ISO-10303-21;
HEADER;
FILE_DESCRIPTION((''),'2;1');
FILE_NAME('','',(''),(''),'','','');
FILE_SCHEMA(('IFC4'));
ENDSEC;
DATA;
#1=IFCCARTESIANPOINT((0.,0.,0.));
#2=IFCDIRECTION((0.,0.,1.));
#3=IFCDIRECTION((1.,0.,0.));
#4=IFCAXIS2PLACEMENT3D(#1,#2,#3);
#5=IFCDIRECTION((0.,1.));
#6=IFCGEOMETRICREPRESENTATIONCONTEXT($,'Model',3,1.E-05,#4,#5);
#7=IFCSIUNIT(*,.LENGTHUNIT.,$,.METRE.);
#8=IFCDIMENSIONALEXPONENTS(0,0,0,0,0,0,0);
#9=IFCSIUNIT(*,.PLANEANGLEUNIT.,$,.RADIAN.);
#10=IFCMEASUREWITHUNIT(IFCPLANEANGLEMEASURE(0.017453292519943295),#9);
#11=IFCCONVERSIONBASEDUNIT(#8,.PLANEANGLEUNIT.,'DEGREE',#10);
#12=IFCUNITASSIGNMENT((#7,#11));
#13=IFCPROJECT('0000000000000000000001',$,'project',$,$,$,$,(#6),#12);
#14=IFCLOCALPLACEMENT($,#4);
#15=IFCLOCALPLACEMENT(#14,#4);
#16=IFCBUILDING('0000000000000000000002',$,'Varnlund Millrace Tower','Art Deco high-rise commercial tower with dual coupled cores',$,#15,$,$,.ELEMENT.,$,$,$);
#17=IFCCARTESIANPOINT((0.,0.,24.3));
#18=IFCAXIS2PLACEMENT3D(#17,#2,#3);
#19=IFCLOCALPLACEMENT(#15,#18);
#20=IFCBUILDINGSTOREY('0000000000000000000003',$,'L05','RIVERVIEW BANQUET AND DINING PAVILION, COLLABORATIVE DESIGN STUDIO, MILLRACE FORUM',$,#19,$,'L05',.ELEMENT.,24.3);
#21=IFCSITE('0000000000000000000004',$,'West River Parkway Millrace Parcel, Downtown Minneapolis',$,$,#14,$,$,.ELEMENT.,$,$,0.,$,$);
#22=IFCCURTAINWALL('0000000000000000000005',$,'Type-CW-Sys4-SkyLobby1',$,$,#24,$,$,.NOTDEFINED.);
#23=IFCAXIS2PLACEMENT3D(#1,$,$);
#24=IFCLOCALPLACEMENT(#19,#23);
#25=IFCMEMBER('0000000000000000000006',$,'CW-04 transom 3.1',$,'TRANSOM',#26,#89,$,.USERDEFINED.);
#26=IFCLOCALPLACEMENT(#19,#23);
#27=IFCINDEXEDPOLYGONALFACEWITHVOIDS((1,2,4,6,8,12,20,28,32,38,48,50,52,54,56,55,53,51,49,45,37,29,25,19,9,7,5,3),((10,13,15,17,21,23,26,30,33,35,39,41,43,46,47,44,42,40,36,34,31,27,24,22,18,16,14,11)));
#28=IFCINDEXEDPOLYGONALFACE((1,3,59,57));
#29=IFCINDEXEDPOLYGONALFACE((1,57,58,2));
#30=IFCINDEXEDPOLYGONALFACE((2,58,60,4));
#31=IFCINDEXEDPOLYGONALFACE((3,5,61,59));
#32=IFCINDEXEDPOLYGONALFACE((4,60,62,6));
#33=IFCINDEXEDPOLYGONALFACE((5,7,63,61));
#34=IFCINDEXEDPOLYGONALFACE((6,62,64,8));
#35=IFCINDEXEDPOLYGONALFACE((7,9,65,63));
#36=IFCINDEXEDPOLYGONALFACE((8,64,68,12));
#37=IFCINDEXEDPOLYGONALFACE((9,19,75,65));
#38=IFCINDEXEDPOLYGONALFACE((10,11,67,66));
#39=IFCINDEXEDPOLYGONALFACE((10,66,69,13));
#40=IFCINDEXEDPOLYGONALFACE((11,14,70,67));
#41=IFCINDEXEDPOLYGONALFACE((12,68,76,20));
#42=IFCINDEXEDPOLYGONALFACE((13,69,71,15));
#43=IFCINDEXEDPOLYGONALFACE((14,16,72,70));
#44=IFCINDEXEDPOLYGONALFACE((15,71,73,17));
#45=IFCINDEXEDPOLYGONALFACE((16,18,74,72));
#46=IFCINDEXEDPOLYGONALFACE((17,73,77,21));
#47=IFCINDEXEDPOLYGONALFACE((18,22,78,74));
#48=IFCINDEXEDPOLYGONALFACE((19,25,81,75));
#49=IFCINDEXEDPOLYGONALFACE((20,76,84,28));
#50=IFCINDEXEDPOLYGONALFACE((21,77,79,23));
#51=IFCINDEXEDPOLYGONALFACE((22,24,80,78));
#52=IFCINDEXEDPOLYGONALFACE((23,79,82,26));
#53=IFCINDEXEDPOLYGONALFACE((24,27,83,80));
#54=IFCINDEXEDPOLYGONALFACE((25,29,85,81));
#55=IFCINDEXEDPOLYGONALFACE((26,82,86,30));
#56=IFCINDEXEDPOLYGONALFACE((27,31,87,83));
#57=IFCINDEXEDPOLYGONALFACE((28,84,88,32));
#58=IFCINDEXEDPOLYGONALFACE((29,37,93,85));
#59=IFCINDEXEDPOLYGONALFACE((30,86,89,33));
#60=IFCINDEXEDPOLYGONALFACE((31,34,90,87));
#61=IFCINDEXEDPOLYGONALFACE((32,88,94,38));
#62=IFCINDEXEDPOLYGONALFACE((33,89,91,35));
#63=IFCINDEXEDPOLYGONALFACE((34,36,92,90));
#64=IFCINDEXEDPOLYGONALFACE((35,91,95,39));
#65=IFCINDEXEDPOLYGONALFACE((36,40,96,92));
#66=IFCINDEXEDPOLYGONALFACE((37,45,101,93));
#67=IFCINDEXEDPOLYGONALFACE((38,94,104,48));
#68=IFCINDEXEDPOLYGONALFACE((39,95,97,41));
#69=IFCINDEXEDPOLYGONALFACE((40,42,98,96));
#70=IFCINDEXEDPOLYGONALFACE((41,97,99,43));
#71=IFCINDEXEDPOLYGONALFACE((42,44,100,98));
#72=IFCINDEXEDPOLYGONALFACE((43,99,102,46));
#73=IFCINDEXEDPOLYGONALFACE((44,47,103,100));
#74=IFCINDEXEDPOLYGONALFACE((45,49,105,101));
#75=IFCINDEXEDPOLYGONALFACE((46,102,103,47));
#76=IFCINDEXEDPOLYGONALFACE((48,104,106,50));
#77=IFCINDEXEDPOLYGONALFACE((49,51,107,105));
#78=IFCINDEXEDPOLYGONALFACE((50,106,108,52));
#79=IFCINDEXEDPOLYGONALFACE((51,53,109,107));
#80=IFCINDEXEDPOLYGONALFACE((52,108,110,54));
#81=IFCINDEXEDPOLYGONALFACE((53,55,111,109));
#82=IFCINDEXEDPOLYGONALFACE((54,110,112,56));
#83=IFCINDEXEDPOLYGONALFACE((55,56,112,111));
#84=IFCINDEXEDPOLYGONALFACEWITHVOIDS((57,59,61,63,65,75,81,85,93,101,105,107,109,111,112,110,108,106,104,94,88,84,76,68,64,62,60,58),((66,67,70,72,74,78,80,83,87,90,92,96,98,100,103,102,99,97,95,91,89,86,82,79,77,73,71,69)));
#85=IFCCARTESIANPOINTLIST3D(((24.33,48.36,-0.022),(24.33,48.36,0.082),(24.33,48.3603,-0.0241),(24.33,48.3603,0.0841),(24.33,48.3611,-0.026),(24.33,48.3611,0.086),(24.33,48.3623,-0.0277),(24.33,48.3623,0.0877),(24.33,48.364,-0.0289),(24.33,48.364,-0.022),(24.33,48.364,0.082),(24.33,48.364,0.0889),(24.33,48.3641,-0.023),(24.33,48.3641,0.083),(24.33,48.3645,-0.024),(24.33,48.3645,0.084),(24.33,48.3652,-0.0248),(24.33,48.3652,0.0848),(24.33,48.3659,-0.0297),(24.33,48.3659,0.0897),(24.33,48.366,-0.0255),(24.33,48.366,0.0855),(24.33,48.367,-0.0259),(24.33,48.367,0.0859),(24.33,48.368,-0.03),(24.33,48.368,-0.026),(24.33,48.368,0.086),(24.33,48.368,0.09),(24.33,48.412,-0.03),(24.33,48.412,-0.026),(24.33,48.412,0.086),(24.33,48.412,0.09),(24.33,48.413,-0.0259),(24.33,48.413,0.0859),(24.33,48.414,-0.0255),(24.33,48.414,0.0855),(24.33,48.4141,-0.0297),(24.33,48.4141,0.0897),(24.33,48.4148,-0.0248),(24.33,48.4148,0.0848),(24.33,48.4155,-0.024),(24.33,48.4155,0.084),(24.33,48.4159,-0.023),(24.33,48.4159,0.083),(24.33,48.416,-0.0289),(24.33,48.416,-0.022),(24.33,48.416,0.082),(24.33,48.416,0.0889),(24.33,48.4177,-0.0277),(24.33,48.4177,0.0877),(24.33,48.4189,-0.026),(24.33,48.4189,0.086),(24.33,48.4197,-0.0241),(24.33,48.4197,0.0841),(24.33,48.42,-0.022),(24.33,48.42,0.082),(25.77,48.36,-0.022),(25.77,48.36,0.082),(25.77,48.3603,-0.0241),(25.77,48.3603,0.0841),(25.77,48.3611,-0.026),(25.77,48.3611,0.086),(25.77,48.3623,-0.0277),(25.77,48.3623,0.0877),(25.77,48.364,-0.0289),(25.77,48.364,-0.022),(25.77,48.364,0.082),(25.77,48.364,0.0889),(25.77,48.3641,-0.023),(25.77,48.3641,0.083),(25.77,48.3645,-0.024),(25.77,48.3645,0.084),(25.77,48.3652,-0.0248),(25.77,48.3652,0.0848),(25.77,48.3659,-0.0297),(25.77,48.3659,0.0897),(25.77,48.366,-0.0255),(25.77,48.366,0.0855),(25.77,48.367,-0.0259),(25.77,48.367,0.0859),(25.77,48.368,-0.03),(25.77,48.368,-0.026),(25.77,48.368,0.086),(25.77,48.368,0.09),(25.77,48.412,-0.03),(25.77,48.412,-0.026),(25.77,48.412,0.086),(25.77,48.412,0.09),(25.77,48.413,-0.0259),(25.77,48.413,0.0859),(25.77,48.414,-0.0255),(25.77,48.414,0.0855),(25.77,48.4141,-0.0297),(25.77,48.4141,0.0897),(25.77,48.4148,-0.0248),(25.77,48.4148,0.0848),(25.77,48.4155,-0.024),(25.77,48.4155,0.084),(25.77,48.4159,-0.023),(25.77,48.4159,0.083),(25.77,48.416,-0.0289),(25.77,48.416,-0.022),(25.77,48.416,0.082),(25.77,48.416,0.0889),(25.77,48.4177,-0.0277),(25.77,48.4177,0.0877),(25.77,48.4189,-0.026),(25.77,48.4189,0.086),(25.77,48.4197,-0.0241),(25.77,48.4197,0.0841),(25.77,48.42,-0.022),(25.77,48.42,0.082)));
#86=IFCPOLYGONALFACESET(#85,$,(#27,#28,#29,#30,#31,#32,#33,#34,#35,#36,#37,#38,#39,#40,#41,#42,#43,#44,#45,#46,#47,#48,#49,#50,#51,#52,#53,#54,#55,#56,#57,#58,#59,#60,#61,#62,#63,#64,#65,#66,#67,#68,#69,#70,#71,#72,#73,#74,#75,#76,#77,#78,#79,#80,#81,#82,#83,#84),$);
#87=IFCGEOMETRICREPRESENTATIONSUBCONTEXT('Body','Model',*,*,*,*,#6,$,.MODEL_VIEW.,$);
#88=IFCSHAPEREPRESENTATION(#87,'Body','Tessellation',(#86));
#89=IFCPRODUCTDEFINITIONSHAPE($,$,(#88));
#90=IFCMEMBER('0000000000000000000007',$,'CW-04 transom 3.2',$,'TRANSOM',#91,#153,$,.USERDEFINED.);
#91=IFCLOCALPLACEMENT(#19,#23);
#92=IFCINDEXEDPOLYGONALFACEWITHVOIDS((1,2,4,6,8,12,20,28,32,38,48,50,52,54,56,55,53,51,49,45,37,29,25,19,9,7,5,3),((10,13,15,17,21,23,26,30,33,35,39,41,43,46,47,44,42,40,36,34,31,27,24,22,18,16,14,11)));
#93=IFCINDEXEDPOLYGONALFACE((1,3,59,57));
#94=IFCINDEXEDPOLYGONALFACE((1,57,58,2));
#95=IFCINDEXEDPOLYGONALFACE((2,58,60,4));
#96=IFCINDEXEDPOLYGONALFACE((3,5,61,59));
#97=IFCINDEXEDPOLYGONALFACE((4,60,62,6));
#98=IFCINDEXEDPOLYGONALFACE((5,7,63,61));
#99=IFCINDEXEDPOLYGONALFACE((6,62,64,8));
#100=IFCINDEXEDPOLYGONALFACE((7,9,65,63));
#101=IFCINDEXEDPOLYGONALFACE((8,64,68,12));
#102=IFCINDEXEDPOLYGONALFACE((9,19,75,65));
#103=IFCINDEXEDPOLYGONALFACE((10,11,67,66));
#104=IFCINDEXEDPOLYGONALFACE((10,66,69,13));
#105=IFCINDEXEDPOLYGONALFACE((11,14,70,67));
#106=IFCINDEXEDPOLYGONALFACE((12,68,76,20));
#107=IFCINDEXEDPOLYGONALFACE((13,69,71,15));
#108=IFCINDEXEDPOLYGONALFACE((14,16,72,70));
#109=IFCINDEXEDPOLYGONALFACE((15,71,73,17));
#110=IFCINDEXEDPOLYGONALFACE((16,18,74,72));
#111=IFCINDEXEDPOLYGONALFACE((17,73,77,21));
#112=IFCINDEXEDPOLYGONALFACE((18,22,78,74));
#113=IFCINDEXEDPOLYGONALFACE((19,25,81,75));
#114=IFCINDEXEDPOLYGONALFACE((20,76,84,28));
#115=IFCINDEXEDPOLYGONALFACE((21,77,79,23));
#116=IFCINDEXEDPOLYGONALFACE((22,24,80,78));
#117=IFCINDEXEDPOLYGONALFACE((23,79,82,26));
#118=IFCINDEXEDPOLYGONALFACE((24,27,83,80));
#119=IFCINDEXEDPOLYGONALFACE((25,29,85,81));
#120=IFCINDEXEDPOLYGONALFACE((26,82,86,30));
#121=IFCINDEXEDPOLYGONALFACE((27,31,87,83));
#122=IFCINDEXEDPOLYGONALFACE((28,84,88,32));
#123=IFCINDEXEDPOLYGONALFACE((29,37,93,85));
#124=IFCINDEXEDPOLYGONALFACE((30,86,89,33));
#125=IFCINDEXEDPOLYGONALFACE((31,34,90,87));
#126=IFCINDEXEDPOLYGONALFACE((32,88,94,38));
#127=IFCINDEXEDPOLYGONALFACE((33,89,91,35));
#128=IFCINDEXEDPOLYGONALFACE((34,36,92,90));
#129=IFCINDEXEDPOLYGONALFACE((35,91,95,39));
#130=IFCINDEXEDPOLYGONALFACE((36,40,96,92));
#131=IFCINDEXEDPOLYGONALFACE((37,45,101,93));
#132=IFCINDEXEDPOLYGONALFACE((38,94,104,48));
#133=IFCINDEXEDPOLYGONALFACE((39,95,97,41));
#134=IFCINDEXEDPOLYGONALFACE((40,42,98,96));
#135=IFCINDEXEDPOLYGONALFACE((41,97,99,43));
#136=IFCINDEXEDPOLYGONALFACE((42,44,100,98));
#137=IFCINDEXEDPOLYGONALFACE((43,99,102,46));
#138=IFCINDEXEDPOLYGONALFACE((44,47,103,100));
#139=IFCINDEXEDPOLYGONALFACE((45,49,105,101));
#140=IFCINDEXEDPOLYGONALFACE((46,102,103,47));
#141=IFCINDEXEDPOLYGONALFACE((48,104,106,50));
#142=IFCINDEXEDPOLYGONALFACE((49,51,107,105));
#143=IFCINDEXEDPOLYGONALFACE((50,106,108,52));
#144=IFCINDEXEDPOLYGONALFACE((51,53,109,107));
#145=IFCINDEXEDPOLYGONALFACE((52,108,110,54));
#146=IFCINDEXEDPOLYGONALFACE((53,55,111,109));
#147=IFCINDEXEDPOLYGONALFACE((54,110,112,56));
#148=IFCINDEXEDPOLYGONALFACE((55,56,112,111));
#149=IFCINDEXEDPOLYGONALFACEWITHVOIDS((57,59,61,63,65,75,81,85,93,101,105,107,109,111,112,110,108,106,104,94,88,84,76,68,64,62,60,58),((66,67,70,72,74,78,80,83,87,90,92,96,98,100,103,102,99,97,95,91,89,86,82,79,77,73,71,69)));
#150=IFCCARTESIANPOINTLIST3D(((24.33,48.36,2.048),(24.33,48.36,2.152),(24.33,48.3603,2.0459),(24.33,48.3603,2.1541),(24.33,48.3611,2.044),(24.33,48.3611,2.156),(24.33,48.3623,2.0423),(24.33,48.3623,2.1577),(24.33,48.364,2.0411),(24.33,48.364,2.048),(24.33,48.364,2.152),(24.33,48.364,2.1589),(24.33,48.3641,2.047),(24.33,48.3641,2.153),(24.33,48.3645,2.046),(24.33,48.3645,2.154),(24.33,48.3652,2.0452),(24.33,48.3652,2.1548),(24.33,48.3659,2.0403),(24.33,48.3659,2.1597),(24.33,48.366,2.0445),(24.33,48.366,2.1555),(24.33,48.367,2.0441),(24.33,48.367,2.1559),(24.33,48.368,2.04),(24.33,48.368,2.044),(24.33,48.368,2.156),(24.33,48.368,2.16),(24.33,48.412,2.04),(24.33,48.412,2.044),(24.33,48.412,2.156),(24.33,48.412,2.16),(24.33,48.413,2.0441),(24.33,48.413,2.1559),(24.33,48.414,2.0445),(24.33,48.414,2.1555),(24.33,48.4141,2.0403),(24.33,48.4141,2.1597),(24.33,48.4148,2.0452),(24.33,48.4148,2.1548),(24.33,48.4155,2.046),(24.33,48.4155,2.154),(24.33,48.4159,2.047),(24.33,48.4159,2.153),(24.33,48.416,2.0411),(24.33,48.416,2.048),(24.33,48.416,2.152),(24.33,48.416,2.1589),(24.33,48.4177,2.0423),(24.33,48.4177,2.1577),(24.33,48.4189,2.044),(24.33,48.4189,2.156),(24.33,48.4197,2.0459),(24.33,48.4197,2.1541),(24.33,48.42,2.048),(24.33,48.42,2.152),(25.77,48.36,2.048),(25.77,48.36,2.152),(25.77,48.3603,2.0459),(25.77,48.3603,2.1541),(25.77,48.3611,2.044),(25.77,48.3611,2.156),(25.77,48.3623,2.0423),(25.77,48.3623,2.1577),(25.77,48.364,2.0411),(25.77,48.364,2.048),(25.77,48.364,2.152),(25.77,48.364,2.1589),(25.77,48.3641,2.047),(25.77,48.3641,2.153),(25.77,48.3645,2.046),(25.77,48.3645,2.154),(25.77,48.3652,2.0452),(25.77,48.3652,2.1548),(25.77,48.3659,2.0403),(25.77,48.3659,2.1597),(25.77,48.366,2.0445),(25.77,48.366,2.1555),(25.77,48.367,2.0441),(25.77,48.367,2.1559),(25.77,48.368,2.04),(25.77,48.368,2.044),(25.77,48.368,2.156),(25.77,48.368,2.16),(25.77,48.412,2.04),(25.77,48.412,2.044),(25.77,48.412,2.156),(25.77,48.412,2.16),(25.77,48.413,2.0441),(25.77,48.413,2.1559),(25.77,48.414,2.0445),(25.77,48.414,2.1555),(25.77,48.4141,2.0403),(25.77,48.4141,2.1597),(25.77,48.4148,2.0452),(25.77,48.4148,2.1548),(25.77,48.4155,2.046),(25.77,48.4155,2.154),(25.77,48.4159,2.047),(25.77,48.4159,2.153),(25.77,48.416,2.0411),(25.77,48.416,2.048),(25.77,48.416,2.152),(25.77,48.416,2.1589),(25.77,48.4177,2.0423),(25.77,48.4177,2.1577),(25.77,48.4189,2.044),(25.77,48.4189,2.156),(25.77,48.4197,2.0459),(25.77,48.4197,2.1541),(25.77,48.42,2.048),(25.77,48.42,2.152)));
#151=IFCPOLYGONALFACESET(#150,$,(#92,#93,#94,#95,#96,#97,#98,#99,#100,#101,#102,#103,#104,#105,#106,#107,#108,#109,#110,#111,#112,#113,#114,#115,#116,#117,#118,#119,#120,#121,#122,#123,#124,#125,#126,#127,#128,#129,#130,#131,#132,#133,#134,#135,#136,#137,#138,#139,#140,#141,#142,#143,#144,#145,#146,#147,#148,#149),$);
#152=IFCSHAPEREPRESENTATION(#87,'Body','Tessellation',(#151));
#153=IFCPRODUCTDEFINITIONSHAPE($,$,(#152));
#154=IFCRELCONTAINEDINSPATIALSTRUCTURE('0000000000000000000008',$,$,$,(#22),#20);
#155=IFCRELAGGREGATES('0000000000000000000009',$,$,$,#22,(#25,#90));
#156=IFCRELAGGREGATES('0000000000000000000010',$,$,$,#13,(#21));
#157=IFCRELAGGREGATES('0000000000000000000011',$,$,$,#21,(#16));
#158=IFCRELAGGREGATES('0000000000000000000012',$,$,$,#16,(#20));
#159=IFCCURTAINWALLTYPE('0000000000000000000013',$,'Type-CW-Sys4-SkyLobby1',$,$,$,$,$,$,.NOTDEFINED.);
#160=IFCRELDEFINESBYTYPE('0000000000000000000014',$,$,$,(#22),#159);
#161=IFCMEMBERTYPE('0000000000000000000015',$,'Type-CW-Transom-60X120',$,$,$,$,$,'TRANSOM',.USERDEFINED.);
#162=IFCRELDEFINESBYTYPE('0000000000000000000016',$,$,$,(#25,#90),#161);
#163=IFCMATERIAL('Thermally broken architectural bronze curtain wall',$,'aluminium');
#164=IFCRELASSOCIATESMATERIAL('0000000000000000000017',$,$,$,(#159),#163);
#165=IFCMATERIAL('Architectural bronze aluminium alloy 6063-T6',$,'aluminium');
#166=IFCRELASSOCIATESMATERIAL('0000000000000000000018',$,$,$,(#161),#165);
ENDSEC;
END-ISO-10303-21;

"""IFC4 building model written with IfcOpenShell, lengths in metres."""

from ifc_helpers import new_model, entity, si_unit, converted_unit, direction, frame, origin_with_axes, origin_2d_with_axis, place, context, subcontext, project, spatial, hollow_rectangle, extrude, material, material_profile, profile_set, type_object, element, aggregate, save


model = new_model("IFC4")

# Units and contexts
model_context = context("Model", 3, precision=1e-05, world=origin_with_axes(), true_north=direction((0.0, 1.0)))
body_context = subcontext(model_context, "Body", "Model", "MODEL_VIEW")
ifc_project = project(units=[si_unit("LENGTHUNIT", "METRE"), converted_unit("PLANEANGLEUNIT", "DEGREE", entity("IfcPlaneAngleMeasure", 0.017453292519943295), si_unit("PLANEANGLEUNIT", "RADIAN"), dimensions=[0, 0, 0, 0, 0, 0, 0])], contexts=[model_context])

# Site, building, storey
site_placement = place(None, origin_with_axes())
site = spatial("IfcSite", under=ifc_project, at=site_placement, Name="West River Parkway Millrace Parcel, Downtown Minneapolis", CompositionType="ELEMENT", RefElevation=0.0)
building_placement = place(site_placement, origin_with_axes())
building = spatial("IfcBuilding", under=site, at=building_placement, Name="Varnlund Millrace Tower", Description="Art Deco high-rise commercial tower with dual coupled cores", CompositionType="ELEMENT")
storey_placement = place(building_placement, frame((0.0, 0.0, 24.3), z_axis=(0.0, 0.0, 1.0), x_axis=(1.0, 0.0, 0.0)))
storey = spatial("IfcBuildingStorey", under=building, at=storey_placement, Name="L05", Description="RIVERVIEW BANQUET AND DINING PAVILION, COLLABORATIVE DESIGN STUDIO, MILLRACE FORUM", LongName="L05", CompositionType="ELEMENT", Elevation=24.3)

# Curtain wall, members
ifc_material_1 = material(Name="Thermally broken architectural bronze curtain wall", Category="aluminium")
curtain_wall_type = type_object("IfcCurtainWallType", Name="Type-CW-Sys4-SkyLobby1", PredefinedType="NOTDEFINED", material=ifc_material_1)
curtain_wall_placement = place(storey_placement, frame((21.3, 48.39, 0.0), z_axis=(0.0, 0.0, 1.0), x_axis=(1.0, 0.0, 0.0)))
curtain_wall = element("IfcCurtainWall", 1, at=curtain_wall_placement, inside=storey, type_object=curtain_wall_type, Name="Type-CW-Sys4-SkyLobby1", PredefinedType="NOTDEFINED")
ifc_material_2 = material(Name="Architectural bronze aluminium alloy 6063-T6", Category="aluminium")
ifc_material_profile_1 = material_profile(ifc_material_2, hollow_rectangle(XDim=0.06, YDim=0.12, WallThickness=0.004, InnerFilletRadius=0.004, OuterFilletRadius=0.008, at=origin_2d_with_axis()), Name="Architectural bronze aluminium alloy 6063-T6")
ifc_profile_set_1 = profile_set([ifc_material_profile_1], Name="Architectural bronze aluminium alloy 6063-T6")
member_type_1 = type_object("IfcMemberType", Name="Type-CW-Transom-60X120", ElementType="TRANSOM", PredefinedType="USERDEFINED", material=ifc_profile_set_1)
member_1_placement = place(storey_placement, frame((24.33, 48.39, 0.03), z_axis=(1.0, 0.0, 0.0), x_axis=(0.0, 1.0, 0.0)))
member_1 = element("IfcMember", 2, at=member_1_placement, type_object=member_type_1, Name="CW-04 transom 3.1", ObjectType="TRANSOM", PredefinedType="USERDEFINED", context=body_context, shape_type="SweptSolid", body=[
    extrude(hollow_rectangle(XDim=0.06, YDim=0.12, WallThickness=0.004, InnerFilletRadius=0.004, OuterFilletRadius=0.008, at=origin_2d_with_axis()), origin_with_axes(), (0.0, 0.0, 1.0), 1.44),
])
member_2_placement = place(storey_placement, frame((24.33, 48.39, 2.1), z_axis=(1.0, 0.0, 0.0), x_axis=(0.0, 1.0, 0.0)))
member_2 = element("IfcMember", 3, at=member_2_placement, type_object=member_type_1, Name="CW-04 transom 3.2", ObjectType="TRANSOM", PredefinedType="USERDEFINED", context=body_context, shape_type="SweptSolid", body=[
    extrude(hollow_rectangle(XDim=0.06, YDim=0.12, WallThickness=0.004, InnerFilletRadius=0.004, OuterFilletRadius=0.008, at=origin_2d_with_axis()), origin_with_axes(), (0.0, 0.0, 1.0), 1.44),
])
aggregate(curtain_wall, [member_1, member_2])

save(model, "model.ifc")
